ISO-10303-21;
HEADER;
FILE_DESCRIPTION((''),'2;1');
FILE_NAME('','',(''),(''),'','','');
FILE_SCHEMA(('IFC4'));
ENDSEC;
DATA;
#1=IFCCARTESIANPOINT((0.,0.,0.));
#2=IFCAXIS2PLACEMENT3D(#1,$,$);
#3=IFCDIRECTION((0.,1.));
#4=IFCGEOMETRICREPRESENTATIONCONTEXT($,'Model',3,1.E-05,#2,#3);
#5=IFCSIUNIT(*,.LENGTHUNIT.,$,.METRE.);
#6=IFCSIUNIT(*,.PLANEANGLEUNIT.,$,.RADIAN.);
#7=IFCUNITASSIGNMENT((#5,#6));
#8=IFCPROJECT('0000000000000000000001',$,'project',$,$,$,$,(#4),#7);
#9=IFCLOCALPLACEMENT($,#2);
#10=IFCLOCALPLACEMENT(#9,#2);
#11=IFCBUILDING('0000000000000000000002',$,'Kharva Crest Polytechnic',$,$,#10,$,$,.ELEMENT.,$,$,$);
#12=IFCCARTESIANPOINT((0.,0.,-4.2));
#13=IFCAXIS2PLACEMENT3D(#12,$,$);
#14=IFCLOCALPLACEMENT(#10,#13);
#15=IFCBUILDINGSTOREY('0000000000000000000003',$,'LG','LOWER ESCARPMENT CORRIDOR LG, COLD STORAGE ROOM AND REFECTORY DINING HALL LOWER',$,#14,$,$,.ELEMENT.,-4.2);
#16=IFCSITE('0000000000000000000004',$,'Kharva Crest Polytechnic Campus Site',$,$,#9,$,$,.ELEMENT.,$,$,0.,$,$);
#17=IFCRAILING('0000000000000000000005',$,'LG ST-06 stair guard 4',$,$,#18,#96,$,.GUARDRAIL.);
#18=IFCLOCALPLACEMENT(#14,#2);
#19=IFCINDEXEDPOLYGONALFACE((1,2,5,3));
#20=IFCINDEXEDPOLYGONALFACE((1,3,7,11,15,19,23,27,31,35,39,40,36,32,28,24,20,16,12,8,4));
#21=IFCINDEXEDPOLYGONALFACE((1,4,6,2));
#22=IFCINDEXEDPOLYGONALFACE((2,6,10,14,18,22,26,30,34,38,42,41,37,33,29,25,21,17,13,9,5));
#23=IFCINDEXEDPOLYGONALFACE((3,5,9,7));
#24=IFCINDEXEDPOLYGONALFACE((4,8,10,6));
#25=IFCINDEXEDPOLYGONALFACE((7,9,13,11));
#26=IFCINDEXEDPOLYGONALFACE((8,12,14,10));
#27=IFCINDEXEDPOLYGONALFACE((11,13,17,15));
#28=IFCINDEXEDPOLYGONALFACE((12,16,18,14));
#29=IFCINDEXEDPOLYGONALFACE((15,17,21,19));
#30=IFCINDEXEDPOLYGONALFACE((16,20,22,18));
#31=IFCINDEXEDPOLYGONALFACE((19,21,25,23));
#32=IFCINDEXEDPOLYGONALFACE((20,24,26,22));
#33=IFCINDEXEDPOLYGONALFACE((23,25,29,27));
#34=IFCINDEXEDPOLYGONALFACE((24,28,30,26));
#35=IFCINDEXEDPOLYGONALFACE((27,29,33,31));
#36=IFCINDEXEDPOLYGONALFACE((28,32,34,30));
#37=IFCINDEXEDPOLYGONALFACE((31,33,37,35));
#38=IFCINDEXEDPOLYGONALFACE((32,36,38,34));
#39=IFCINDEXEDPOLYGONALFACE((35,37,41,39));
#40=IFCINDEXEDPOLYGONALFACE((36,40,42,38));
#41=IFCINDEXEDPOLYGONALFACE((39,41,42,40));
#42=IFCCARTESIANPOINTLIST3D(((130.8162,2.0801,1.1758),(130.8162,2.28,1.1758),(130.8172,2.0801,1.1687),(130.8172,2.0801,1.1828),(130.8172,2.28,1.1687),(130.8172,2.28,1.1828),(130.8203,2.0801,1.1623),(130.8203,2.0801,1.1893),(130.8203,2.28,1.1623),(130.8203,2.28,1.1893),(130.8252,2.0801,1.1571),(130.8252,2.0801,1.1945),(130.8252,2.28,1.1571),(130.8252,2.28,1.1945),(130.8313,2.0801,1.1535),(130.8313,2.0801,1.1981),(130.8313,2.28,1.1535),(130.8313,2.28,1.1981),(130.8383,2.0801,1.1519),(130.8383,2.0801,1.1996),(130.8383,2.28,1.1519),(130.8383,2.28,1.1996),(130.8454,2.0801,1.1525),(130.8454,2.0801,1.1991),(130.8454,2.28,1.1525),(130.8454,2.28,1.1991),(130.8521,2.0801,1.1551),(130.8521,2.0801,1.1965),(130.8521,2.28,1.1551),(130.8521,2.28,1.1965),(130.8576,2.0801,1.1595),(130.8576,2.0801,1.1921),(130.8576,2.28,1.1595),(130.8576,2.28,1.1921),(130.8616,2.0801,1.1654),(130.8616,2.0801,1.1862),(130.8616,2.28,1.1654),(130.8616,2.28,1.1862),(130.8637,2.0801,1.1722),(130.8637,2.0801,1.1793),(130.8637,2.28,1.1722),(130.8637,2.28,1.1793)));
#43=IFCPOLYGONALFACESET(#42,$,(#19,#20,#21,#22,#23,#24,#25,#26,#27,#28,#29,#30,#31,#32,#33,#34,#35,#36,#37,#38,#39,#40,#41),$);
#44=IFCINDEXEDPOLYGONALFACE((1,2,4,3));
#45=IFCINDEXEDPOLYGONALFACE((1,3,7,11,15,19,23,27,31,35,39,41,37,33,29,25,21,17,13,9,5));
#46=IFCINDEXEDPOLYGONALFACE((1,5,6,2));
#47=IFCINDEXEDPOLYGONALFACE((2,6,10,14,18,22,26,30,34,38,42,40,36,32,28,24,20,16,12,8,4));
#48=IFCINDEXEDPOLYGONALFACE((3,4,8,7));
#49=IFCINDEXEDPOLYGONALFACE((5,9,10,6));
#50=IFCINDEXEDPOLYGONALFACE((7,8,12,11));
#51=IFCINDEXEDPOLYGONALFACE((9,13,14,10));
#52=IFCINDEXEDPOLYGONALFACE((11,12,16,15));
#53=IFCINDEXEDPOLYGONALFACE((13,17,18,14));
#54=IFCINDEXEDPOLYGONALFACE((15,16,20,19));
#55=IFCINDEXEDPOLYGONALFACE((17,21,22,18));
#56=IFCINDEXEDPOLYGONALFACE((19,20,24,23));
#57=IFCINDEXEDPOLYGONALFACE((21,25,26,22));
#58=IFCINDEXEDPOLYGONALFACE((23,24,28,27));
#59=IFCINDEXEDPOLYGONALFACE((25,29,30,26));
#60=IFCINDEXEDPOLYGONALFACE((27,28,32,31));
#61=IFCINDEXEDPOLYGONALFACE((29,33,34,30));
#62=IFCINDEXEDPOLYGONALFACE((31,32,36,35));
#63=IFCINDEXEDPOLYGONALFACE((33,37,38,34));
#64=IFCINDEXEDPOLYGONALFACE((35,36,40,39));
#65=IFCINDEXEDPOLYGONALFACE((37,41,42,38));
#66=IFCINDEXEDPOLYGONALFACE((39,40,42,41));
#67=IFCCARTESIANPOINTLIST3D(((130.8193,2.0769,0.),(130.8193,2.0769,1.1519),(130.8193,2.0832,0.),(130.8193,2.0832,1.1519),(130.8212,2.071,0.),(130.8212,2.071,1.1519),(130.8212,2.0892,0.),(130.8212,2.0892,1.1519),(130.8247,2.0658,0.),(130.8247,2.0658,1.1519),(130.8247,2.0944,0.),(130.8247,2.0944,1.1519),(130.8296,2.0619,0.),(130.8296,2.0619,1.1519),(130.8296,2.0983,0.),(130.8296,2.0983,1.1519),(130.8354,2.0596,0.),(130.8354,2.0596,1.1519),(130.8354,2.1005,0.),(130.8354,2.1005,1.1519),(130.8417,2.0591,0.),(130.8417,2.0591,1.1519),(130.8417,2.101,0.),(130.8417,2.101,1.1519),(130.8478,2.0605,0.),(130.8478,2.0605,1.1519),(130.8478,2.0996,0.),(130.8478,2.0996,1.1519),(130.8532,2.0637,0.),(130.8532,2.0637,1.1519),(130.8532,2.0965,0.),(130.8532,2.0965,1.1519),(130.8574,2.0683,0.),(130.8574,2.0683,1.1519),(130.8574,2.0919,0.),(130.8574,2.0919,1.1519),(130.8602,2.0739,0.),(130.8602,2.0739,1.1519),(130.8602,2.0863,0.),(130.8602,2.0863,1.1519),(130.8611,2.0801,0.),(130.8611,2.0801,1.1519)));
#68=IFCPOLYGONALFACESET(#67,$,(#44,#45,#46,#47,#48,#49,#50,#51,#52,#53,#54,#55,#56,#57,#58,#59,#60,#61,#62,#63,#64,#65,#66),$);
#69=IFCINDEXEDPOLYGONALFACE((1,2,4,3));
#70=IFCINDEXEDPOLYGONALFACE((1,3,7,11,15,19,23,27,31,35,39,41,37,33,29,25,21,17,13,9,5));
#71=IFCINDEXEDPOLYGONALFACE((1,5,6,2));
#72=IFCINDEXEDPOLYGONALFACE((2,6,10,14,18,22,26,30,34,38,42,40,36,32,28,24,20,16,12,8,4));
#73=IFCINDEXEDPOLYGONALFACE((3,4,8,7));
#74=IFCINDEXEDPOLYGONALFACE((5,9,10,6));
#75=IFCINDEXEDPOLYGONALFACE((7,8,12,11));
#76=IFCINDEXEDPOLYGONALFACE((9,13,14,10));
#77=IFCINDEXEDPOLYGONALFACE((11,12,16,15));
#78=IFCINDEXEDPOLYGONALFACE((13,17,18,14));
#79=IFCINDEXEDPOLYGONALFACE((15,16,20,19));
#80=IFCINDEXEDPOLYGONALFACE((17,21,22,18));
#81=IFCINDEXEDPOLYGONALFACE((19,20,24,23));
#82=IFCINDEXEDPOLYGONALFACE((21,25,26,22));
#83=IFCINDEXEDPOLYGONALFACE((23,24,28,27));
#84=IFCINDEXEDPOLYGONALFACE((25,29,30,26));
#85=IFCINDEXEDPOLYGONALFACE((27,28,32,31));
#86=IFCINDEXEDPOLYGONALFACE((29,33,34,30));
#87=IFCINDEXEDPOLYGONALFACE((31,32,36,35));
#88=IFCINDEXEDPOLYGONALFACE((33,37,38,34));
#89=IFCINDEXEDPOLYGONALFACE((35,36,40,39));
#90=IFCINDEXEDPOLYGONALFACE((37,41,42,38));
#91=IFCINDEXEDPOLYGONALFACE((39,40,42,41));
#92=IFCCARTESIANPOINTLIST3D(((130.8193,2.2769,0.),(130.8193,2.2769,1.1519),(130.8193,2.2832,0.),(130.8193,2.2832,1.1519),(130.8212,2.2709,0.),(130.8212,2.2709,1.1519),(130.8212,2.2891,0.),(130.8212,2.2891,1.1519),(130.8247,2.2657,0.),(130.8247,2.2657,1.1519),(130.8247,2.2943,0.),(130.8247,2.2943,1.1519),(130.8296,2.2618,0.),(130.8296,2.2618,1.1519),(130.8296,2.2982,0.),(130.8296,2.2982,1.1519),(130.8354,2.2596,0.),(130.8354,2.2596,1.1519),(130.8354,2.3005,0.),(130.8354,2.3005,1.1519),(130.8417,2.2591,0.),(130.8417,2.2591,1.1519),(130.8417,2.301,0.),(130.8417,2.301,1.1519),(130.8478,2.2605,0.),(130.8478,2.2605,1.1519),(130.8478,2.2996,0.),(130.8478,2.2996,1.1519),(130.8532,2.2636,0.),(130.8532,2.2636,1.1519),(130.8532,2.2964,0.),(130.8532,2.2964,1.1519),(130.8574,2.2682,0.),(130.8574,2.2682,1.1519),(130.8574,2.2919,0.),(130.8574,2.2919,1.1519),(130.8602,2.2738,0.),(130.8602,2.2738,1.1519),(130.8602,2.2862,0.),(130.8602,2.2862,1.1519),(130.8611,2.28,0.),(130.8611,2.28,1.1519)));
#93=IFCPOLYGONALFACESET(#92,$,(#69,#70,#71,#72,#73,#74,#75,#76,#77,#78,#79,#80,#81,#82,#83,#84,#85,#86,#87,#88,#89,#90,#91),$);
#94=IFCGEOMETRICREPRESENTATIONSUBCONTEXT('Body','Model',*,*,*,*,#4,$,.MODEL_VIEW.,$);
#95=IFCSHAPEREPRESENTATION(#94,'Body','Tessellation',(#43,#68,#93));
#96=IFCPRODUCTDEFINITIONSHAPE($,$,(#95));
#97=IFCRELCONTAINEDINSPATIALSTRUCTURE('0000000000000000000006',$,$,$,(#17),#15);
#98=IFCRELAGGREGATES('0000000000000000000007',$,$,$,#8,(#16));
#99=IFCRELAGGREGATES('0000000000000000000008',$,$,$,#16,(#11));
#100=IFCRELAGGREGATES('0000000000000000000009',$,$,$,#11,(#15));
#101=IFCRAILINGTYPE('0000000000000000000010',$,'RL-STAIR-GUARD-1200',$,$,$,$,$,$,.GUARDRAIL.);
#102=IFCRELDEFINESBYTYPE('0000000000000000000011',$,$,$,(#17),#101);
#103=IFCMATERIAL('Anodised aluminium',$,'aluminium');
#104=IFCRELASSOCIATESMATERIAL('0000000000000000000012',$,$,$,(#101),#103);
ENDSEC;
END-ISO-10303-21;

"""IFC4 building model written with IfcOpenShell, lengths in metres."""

from ifc_helpers import new_model, si_unit, direction, frame, origin, origin_2d, place, context, subcontext, project, spatial, circle, extrude, material, type_object, element, save


model = new_model("IFC4")

# Units and contexts
model_context = context("Model", 3, precision=1e-05, world=origin(), true_north=direction((0.0, 1.0)))
body_context = subcontext(model_context, "Body", "Model", "MODEL_VIEW")
ifc_project = project(units=[si_unit("LENGTHUNIT", "METRE"), si_unit("PLANEANGLEUNIT", "RADIAN")], contexts=[model_context])

# Site, building, storey
site_placement = place(None, origin())
site = spatial("IfcSite", under=ifc_project, at=site_placement, Name="Kharva Crest Polytechnic Campus Site", CompositionType="ELEMENT", RefElevation=0.0)
building_placement = place(site_placement, origin())
building = spatial("IfcBuilding", under=site, at=building_placement, Name="Kharva Crest Polytechnic", CompositionType="ELEMENT")
storey_placement = place(building_placement, frame((0.0, 0.0, -4.2)))
storey = spatial("IfcBuildingStorey", under=building, at=storey_placement, Name="LG", Description="LOWER ESCARPMENT CORRIDOR LG, COLD STORAGE ROOM AND REFECTORY DINING HALL LOWER", CompositionType="ELEMENT", Elevation=-4.2)

# Shared definitions
ifc_material_1 = material(Name="Anodised aluminium", Category="aluminium")

# Railing
railing_type_1 = type_object("IfcRailingType", Name="RL-STAIR-GUARD-1200", PredefinedType="GUARDRAIL", material=ifc_material_1)
railing_1_placement = place(storey_placement, frame((130.8401, 2.0801, 0.0)))
element("IfcRailing", 1, at=railing_1_placement, inside=storey, type_object=railing_type_1, Name="LG ST-06 stair guard 4", PredefinedType="GUARDRAIL", context=body_context, shape_type="SweptSolid", body=[
    extrude(circle(Radius=0.0239, at=origin_2d()), frame((0.0, 0.0, 1.1758), z_axis=(0.0, 1.0, 0.0), x_axis=(-1.0, 0.0, 0.0)), (0.0, 0.0, 1.0), 0.2),
    extrude(circle(Radius=0.021, at=origin_2d()), origin(), (0.0, 0.0, 1.0), 1.1519),
    extrude(circle(Radius=0.021, at=origin_2d()), frame((0.0, 0.2, 0.0)), (0.0, 0.0, 1.0), 1.1519),
])

save(model, "model.ifc")
